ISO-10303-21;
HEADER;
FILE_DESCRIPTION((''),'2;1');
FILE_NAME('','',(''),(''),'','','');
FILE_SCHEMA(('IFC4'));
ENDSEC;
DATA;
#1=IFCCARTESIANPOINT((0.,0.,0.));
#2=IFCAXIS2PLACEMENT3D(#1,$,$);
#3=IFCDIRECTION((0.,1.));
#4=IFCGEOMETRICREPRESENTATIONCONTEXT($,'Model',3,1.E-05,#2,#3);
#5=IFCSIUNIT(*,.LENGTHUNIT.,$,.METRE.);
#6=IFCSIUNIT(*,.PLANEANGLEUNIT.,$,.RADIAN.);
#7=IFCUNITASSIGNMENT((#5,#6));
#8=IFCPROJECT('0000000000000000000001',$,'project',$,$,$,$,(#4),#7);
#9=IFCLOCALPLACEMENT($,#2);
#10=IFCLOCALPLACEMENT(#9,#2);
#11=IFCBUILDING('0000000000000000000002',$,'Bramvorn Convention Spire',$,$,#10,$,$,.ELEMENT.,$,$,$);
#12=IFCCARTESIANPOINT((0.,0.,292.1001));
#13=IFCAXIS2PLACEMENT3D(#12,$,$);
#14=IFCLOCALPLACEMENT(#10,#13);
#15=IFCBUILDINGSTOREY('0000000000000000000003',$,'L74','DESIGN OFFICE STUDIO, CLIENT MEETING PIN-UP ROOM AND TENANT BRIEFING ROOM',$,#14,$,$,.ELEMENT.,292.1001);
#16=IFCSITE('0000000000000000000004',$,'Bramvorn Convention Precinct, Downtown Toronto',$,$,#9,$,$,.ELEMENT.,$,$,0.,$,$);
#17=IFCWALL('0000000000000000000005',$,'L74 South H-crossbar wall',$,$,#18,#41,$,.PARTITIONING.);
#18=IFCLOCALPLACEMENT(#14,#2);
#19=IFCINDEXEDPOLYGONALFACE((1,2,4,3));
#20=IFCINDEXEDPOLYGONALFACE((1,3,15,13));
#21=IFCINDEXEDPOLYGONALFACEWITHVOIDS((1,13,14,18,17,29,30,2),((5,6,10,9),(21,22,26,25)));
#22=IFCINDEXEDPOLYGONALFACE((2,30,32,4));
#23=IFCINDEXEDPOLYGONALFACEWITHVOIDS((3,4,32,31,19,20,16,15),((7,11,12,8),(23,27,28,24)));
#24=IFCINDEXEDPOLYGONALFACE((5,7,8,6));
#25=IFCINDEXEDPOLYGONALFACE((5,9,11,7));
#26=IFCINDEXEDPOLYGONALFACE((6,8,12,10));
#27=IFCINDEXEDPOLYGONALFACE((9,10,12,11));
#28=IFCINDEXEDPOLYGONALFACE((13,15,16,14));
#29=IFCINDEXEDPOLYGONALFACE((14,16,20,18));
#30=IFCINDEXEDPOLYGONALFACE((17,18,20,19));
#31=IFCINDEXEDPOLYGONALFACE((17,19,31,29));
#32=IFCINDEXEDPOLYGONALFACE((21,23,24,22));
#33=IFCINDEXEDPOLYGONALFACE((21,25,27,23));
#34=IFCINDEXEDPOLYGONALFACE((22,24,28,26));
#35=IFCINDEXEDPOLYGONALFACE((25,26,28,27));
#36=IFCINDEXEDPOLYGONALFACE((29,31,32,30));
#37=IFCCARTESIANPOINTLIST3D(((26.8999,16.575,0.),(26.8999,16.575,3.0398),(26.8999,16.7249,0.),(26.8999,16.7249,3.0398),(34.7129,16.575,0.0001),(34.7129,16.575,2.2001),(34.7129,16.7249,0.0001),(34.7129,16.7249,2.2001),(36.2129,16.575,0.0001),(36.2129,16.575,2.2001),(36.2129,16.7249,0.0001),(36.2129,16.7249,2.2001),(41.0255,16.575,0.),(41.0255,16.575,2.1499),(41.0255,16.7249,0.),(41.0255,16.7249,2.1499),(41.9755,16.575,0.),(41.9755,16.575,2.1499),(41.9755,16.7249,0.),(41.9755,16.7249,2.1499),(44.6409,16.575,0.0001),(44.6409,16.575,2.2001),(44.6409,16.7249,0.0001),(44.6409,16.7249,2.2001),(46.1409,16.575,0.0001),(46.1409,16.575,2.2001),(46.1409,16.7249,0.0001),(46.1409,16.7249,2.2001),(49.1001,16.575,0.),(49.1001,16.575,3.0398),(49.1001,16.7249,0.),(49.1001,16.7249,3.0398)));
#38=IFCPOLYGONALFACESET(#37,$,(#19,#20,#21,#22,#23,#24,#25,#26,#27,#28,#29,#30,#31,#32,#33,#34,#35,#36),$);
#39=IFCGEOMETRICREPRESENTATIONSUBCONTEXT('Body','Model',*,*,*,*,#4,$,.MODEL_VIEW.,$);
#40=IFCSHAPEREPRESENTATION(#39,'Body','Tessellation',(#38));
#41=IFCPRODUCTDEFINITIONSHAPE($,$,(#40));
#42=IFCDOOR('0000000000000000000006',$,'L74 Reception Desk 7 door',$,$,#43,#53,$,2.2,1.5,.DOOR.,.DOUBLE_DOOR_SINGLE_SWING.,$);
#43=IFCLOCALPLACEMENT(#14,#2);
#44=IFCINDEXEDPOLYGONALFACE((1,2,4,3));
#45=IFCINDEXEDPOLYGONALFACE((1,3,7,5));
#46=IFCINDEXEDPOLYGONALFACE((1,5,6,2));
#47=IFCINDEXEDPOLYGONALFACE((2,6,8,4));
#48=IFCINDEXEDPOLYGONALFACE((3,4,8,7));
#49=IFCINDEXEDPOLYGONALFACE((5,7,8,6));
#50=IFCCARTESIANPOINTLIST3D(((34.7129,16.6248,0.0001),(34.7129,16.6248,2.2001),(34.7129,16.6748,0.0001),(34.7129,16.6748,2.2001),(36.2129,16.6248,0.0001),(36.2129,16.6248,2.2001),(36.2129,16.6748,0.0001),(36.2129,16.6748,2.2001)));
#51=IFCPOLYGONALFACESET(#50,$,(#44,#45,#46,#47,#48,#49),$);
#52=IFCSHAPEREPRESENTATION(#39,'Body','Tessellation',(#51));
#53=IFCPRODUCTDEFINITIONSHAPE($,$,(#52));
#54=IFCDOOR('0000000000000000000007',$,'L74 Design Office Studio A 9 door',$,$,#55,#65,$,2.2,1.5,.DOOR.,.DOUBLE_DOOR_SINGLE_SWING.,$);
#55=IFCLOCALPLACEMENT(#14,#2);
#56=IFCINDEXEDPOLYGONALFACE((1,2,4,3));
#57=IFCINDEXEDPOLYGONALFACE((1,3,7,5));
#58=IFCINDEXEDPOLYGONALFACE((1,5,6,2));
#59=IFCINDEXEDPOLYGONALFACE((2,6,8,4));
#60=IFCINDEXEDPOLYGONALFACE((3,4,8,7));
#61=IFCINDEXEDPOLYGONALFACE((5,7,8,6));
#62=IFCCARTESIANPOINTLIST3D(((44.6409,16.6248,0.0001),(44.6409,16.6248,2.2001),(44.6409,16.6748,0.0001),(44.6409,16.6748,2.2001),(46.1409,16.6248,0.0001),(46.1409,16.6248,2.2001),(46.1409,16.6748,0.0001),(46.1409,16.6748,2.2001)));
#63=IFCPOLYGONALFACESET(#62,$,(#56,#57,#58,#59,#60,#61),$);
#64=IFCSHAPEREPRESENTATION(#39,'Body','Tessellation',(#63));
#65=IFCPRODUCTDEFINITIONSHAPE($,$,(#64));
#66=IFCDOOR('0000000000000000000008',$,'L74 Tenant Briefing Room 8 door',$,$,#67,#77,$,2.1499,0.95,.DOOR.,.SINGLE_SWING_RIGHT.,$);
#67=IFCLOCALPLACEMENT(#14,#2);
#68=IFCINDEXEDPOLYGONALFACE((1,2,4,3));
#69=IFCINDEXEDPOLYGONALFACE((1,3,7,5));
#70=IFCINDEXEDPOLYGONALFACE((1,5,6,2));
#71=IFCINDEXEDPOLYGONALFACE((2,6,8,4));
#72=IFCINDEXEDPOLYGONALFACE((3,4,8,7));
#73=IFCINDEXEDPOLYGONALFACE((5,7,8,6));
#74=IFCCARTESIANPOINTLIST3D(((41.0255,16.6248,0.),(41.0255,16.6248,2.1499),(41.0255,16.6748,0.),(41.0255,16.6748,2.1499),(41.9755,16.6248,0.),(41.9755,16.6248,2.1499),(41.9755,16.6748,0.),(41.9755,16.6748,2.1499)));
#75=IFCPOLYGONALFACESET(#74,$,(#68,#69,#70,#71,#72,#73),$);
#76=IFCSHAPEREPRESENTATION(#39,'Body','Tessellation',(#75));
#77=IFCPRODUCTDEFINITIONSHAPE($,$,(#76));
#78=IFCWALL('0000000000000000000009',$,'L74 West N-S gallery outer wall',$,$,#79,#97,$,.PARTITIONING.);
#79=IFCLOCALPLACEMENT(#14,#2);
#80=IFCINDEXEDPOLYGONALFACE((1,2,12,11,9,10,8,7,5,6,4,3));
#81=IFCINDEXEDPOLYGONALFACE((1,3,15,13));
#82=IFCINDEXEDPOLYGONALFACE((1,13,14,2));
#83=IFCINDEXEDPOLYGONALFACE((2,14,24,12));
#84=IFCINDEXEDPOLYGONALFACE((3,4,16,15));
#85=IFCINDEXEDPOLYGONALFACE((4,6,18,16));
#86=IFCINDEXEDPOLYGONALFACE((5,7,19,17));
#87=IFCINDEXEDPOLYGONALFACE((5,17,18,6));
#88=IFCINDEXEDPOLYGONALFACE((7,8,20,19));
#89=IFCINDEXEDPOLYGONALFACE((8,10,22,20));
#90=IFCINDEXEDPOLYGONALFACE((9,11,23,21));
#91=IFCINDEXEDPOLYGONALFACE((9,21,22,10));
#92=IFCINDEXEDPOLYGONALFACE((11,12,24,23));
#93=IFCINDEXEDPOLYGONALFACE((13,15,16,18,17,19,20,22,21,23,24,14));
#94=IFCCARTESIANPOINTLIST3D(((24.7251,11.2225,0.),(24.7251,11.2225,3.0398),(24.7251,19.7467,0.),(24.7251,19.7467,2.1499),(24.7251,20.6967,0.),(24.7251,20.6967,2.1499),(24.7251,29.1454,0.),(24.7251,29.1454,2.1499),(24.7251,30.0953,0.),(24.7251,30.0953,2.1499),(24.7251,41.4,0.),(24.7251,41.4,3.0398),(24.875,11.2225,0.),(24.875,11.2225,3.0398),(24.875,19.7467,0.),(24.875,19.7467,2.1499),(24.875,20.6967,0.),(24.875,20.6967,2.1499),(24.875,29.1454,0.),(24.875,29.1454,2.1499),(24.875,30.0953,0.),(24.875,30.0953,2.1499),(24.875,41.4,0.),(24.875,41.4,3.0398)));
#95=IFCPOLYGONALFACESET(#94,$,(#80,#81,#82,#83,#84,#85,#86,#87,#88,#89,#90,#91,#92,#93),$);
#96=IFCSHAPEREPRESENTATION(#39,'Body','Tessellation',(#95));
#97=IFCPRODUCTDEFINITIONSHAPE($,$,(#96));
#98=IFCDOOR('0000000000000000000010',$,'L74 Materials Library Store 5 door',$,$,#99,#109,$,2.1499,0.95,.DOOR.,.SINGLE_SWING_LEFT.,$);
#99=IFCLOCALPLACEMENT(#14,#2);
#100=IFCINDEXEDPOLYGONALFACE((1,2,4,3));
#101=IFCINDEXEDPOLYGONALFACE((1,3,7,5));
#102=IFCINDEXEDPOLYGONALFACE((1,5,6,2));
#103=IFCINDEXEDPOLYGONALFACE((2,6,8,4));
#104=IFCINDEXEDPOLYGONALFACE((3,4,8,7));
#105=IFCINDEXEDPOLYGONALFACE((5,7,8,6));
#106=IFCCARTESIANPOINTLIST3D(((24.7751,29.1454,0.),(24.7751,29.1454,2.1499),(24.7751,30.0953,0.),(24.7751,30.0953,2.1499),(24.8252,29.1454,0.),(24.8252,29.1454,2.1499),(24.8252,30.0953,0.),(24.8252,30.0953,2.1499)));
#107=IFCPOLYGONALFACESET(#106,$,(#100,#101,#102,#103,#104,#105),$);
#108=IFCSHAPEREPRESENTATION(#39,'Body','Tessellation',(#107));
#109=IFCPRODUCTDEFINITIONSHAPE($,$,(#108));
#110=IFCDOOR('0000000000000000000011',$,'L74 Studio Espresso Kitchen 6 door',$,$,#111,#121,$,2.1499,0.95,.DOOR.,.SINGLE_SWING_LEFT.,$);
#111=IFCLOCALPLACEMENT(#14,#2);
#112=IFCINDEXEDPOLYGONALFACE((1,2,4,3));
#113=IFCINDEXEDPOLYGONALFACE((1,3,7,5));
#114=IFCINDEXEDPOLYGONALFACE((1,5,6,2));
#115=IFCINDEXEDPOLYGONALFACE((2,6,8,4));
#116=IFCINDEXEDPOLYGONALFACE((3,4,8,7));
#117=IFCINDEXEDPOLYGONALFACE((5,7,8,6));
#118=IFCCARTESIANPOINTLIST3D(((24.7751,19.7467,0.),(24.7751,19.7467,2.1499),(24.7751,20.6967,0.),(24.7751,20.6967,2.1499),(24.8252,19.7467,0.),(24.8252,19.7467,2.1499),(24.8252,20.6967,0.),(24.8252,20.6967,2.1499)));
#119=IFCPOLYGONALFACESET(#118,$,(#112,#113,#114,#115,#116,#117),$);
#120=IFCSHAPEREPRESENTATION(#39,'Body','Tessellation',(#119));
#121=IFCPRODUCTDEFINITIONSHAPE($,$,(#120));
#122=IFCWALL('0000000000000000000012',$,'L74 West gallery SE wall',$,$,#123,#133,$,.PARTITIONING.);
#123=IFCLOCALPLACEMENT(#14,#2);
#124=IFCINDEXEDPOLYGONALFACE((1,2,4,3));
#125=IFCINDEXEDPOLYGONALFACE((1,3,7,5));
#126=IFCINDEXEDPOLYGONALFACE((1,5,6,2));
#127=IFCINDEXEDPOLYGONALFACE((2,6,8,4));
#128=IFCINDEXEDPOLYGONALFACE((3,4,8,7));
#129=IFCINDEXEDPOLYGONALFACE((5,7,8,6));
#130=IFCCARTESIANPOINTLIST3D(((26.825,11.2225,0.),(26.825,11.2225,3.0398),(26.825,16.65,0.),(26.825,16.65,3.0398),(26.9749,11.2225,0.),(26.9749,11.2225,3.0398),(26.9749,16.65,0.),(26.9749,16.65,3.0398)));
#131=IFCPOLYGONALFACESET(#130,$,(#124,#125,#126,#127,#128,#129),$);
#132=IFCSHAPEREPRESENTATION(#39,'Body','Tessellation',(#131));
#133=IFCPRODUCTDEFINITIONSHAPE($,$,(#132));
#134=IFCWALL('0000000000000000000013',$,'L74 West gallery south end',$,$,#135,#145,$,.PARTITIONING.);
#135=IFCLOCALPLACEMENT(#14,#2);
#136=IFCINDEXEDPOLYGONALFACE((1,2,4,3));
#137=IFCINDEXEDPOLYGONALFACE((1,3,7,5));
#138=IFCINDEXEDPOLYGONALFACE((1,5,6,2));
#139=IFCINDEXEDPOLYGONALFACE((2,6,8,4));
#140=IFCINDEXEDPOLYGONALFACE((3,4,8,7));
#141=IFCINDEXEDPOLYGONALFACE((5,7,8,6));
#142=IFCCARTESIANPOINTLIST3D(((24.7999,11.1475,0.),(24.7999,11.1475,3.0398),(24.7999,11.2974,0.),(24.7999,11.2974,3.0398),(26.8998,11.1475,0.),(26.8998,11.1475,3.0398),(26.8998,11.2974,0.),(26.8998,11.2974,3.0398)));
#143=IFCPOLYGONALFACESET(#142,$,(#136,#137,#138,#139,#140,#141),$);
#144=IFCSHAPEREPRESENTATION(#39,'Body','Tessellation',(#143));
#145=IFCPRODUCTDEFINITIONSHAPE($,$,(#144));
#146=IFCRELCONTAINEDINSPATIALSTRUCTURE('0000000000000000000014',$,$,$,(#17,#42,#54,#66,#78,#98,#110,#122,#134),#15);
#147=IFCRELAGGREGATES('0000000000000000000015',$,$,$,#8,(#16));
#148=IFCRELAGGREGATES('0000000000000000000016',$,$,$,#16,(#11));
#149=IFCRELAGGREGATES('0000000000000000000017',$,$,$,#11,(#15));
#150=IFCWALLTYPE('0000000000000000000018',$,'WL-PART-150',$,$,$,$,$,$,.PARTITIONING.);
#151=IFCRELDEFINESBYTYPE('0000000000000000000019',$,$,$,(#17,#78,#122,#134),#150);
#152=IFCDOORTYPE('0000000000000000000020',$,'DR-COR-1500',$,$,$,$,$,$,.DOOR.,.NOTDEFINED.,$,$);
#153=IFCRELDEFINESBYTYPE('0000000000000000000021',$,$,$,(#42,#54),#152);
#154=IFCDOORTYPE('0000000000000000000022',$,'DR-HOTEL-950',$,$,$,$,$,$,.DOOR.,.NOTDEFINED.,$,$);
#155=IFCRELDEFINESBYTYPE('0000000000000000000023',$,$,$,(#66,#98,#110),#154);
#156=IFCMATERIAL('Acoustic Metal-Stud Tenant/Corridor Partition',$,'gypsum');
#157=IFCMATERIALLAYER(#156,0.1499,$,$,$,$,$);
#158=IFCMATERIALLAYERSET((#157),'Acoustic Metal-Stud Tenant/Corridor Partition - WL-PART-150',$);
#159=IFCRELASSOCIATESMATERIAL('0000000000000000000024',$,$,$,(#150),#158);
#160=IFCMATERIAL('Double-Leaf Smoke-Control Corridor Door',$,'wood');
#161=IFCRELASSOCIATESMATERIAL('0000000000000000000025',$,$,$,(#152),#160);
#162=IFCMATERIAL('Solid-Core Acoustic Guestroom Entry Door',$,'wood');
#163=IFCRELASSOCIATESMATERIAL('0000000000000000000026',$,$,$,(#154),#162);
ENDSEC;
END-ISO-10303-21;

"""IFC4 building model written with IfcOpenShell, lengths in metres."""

from ifc_helpers import new_model, si_unit, direction, frame, frame_2d, origin, place, context, subcontext, project, spatial, rectangle, extrude, material, layer, layer_set, type_object, element, fill, save


model = new_model("IFC4")

# Units and contexts
model_context = context("Model", 3, precision=1e-05, world=origin(), true_north=direction((0.0, 1.0)))
body_context = subcontext(model_context, "Body", "Model", "MODEL_VIEW")
ifc_project = project(units=[si_unit("LENGTHUNIT", "METRE"), si_unit("PLANEANGLEUNIT", "RADIAN")], contexts=[model_context])

# Site, building, storey
site_placement = place(None, origin())
site = spatial("IfcSite", under=ifc_project, at=site_placement, Name="Bramvorn Convention Precinct, Downtown Toronto", CompositionType="ELEMENT", RefElevation=0.0)
building_placement = place(site_placement, origin())
building = spatial("IfcBuilding", under=site, at=building_placement, Name="Bramvorn Convention Spire", CompositionType="ELEMENT")
storey_placement = place(building_placement, frame((0.0, 0.0, 292.1001)))
storey = spatial("IfcBuildingStorey", under=building, at=storey_placement, Name="L74", Description="DESIGN OFFICE STUDIO, CLIENT MEETING PIN-UP ROOM AND TENANT BRIEFING ROOM", CompositionType="ELEMENT", Elevation=292.1001)

# Walls, openings, doors
ifc_material_1 = material(Name="Acoustic Metal-Stud Tenant/Corridor Partition", Category="gypsum")
ifc_layer_1 = layer(ifc_material_1, 0.1499)
ifc_layer_set_1 = layer_set([ifc_layer_1], Name="Acoustic Metal-Stud Tenant/Corridor Partition - WL-PART-150")
wall_type_1 = type_object("IfcWallType", Name="WL-PART-150", PredefinedType="PARTITIONING", material=ifc_layer_set_1)
wall_1_placement = place(storey_placement, frame((26.8999, 16.6499, 0.0), z_axis=(0.0, 0.0, 1.0), x_axis=(1.0, 0.0, 0.0)))
wall_1 = element("IfcWall", 1, at=wall_1_placement, inside=storey, type_object=wall_type_1, Name="L74 South H-crossbar wall", PredefinedType="PARTITIONING", context=body_context, shape_type="SweptSolid", body=[
    extrude(rectangle(XDim=22.2002, YDim=0.1499, at=frame_2d((11.1001, 0.0))), origin(), (0.0, 0.0, 1.0), 3.0398),
])
opening_1_placement = place(wall_1_placement, frame((7.813, 0.0, 0.0)))
opening_1 = element("IfcOpeningElement", 2, at=opening_1_placement, cuts=wall_1, PredefinedType="OPENING", context=body_context, shape_type="SweptSolid", body=[
    extrude(rectangle(XDim=1.5, YDim=2.2, at=frame_2d((0.75, 1.1001))), frame((0.0, 0.085, 0.0), z_axis=(0.0, -1.0, 0.0), x_axis=(1.0, 0.0, 0.0)), (0.0, 0.0, 1.0), 0.1699),
])
opening_2_placement = place(wall_1_placement, frame((14.1255, 0.0, 0.0)))
opening_2 = element("IfcOpeningElement", 3, at=opening_2_placement, cuts=wall_1, PredefinedType="OPENING", context=body_context, shape_type="SweptSolid", body=[
    extrude(rectangle(XDim=0.95, YDim=2.1499, at=frame_2d((0.4751, 1.075))), frame((0.0, 0.085, 0.0), z_axis=(0.0, -1.0, 0.0), x_axis=(1.0, 0.0, 0.0)), (0.0, 0.0, 1.0), 0.1699),
])
opening_3_placement = place(wall_1_placement, frame((17.741, 0.0, 0.0)))
opening_3 = element("IfcOpeningElement", 4, at=opening_3_placement, cuts=wall_1, PredefinedType="OPENING", context=body_context, shape_type="SweptSolid", body=[
    extrude(rectangle(XDim=1.5, YDim=2.2, at=frame_2d((0.75, 1.1001))), frame((0.0, 0.085, 0.0), z_axis=(0.0, -1.0, 0.0), x_axis=(1.0, 0.0, 0.0)), (0.0, 0.0, 1.0), 0.1699),
])
ifc_material_2 = material(Name="Double-Leaf Smoke-Control Corridor Door", Category="wood")
door_type_1 = type_object("IfcDoorType", Name="DR-COR-1500", OperationType="NOTDEFINED", PredefinedType="DOOR", material=ifc_material_2)
door_1_placement = place(opening_1_placement, origin())
door_1 = element("IfcDoor", 5, at=door_1_placement, inside=storey, type_object=door_type_1, Name="L74 Reception Desk 7 door", OperationType="DOUBLE_DOOR_SINGLE_SWING", OverallHeight=2.2, OverallWidth=1.5, PredefinedType="DOOR", context=body_context, shape_type="SweptSolid", body=[
    extrude(rectangle(XDim=1.5, YDim=2.2, at=frame_2d((0.75, 1.1001))), frame((0.0, 0.0249, 0.0), z_axis=(0.0, -1.0, 0.0), x_axis=(1.0, 0.0, 0.0)), (0.0, 0.0, 1.0), 0.05),
])
fill(opening_1, door_1)
door_2_placement = place(opening_3_placement, origin())
door_2 = element("IfcDoor", 6, at=door_2_placement, inside=storey, type_object=door_type_1, Name="L74 Design Office Studio A 9 door", OperationType="DOUBLE_DOOR_SINGLE_SWING", OverallHeight=2.2, OverallWidth=1.5, PredefinedType="DOOR", context=body_context, shape_type="SweptSolid", body=[
    extrude(rectangle(XDim=1.5, YDim=2.2, at=frame_2d((0.75, 1.1001))), frame((0.0, 0.0249, 0.0), z_axis=(0.0, -1.0, 0.0), x_axis=(1.0, 0.0, 0.0)), (0.0, 0.0, 1.0), 0.05),
])
fill(opening_3, door_2)
ifc_material_3 = material(Name="Solid-Core Acoustic Guestroom Entry Door", Category="wood")
door_type_2 = type_object("IfcDoorType", Name="DR-HOTEL-950", OperationType="NOTDEFINED", PredefinedType="DOOR", material=ifc_material_3)
door_3_placement = place(opening_2_placement, origin())
door_3 = element("IfcDoor", 7, at=door_3_placement, inside=storey, type_object=door_type_2, Name="L74 Tenant Briefing Room 8 door", OperationType="SINGLE_SWING_RIGHT", OverallHeight=2.1499, OverallWidth=0.95, PredefinedType="DOOR", context=body_context, shape_type="SweptSolid", body=[
    extrude(rectangle(XDim=0.95, YDim=2.1499, at=frame_2d((0.4751, 1.075))), frame((0.0, 0.0249, 0.0), z_axis=(0.0, -1.0, 0.0), x_axis=(1.0, 0.0, 0.0)), (0.0, 0.0, 1.0), 0.05),
])
fill(opening_2, door_3)
wall_2_placement = place(storey_placement, frame((24.8, 11.2224, 0.0), z_axis=(0.0, 0.0, 1.0), x_axis=(0.0, 1.0, 0.0)))
wall_2 = element("IfcWall", 8, at=wall_2_placement, inside=storey, type_object=wall_type_1, Name="L74 West N-S gallery outer wall", PredefinedType="PARTITIONING", context=body_context, shape_type="SweptSolid", body=[
    extrude(rectangle(XDim=30.1775, YDim=0.1499, at=frame_2d((15.0889, 0.0))), origin(), (0.0, 0.0, 1.0), 3.0398),
])
opening_4_placement = place(wall_2_placement, frame((17.9229, 0.0, 0.0)))
opening_4 = element("IfcOpeningElement", 9, at=opening_4_placement, cuts=wall_2, PredefinedType="OPENING", context=body_context, shape_type="SweptSolid", body=[
    extrude(rectangle(XDim=0.95, YDim=2.1499, at=frame_2d((0.4751, 1.075))), frame((0.0, 0.085, 0.0), z_axis=(0.0, -1.0, 0.0), x_axis=(1.0, 0.0, 0.0)), (0.0, 0.0, 1.0), 0.1699),
])
opening_5_placement = place(wall_2_placement, frame((8.5242, 0.0, 0.0)))
opening_5 = element("IfcOpeningElement", 10, at=opening_5_placement, cuts=wall_2, PredefinedType="OPENING", context=body_context, shape_type="SweptSolid", body=[
    extrude(rectangle(XDim=0.95, YDim=2.1499, at=frame_2d((0.4751, 1.075))), frame((0.0, 0.085, 0.0), z_axis=(0.0, -1.0, 0.0), x_axis=(1.0, 0.0, 0.0)), (0.0, 0.0, 1.0), 0.1699),
])
door_4_placement = place(opening_4_placement, origin())
door_4 = element("IfcDoor", 11, at=door_4_placement, inside=storey, type_object=door_type_2, Name="L74 Materials Library Store 5 door", OperationType="SINGLE_SWING_LEFT", OverallHeight=2.1499, OverallWidth=0.95, PredefinedType="DOOR", context=body_context, shape_type="SweptSolid", body=[
    extrude(rectangle(XDim=0.95, YDim=2.1499, at=frame_2d((0.4751, 1.075))), frame((0.0, 0.0249, 0.0), z_axis=(0.0, -1.0, 0.0), x_axis=(1.0, 0.0, 0.0)), (0.0, 0.0, 1.0), 0.05),
])
fill(opening_4, door_4)
door_5_placement = place(opening_5_placement, origin())
door_5 = element("IfcDoor", 12, at=door_5_placement, inside=storey, type_object=door_type_2, Name="L74 Studio Espresso Kitchen 6 door", OperationType="SINGLE_SWING_LEFT", OverallHeight=2.1499, OverallWidth=0.95, PredefinedType="DOOR", context=body_context, shape_type="SweptSolid", body=[
    extrude(rectangle(XDim=0.95, YDim=2.1499, at=frame_2d((0.4751, 1.075))), frame((0.0, 0.0249, 0.0), z_axis=(0.0, -1.0, 0.0), x_axis=(1.0, 0.0, 0.0)), (0.0, 0.0, 1.0), 0.05),
])
fill(opening_5, door_5)

# Walls
wall_3_placement = place(storey_placement, frame((26.8999, 11.2224, 0.0), z_axis=(0.0, 0.0, 1.0), x_axis=(0.0, 1.0, 0.0)))
element("IfcWall", 13, at=wall_3_placement, inside=storey, type_object=wall_type_1, Name="L74 West gallery SE wall", PredefinedType="PARTITIONING", context=body_context, shape_type="SweptSolid", body=[
    extrude(rectangle(XDim=5.4275, YDim=0.1499, at=frame_2d((2.7139, 0.0))), origin(), (0.0, 0.0, 1.0), 3.0398),
])
wall_4_placement = place(storey_placement, frame((24.8, 11.2224, 0.0), z_axis=(0.0, 0.0, 1.0), x_axis=(1.0, 0.0, 0.0)))
element("IfcWall", 14, at=wall_4_placement, inside=storey, type_object=wall_type_1, Name="L74 West gallery south end", PredefinedType="PARTITIONING", context=body_context, shape_type="SweptSolid", body=[
    extrude(rectangle(XDim=2.0999, YDim=0.1499, at=frame_2d((1.0498, 0.0))), origin(), (0.0, 0.0, 1.0), 3.0398),
])

save(model, "model.ifc")
